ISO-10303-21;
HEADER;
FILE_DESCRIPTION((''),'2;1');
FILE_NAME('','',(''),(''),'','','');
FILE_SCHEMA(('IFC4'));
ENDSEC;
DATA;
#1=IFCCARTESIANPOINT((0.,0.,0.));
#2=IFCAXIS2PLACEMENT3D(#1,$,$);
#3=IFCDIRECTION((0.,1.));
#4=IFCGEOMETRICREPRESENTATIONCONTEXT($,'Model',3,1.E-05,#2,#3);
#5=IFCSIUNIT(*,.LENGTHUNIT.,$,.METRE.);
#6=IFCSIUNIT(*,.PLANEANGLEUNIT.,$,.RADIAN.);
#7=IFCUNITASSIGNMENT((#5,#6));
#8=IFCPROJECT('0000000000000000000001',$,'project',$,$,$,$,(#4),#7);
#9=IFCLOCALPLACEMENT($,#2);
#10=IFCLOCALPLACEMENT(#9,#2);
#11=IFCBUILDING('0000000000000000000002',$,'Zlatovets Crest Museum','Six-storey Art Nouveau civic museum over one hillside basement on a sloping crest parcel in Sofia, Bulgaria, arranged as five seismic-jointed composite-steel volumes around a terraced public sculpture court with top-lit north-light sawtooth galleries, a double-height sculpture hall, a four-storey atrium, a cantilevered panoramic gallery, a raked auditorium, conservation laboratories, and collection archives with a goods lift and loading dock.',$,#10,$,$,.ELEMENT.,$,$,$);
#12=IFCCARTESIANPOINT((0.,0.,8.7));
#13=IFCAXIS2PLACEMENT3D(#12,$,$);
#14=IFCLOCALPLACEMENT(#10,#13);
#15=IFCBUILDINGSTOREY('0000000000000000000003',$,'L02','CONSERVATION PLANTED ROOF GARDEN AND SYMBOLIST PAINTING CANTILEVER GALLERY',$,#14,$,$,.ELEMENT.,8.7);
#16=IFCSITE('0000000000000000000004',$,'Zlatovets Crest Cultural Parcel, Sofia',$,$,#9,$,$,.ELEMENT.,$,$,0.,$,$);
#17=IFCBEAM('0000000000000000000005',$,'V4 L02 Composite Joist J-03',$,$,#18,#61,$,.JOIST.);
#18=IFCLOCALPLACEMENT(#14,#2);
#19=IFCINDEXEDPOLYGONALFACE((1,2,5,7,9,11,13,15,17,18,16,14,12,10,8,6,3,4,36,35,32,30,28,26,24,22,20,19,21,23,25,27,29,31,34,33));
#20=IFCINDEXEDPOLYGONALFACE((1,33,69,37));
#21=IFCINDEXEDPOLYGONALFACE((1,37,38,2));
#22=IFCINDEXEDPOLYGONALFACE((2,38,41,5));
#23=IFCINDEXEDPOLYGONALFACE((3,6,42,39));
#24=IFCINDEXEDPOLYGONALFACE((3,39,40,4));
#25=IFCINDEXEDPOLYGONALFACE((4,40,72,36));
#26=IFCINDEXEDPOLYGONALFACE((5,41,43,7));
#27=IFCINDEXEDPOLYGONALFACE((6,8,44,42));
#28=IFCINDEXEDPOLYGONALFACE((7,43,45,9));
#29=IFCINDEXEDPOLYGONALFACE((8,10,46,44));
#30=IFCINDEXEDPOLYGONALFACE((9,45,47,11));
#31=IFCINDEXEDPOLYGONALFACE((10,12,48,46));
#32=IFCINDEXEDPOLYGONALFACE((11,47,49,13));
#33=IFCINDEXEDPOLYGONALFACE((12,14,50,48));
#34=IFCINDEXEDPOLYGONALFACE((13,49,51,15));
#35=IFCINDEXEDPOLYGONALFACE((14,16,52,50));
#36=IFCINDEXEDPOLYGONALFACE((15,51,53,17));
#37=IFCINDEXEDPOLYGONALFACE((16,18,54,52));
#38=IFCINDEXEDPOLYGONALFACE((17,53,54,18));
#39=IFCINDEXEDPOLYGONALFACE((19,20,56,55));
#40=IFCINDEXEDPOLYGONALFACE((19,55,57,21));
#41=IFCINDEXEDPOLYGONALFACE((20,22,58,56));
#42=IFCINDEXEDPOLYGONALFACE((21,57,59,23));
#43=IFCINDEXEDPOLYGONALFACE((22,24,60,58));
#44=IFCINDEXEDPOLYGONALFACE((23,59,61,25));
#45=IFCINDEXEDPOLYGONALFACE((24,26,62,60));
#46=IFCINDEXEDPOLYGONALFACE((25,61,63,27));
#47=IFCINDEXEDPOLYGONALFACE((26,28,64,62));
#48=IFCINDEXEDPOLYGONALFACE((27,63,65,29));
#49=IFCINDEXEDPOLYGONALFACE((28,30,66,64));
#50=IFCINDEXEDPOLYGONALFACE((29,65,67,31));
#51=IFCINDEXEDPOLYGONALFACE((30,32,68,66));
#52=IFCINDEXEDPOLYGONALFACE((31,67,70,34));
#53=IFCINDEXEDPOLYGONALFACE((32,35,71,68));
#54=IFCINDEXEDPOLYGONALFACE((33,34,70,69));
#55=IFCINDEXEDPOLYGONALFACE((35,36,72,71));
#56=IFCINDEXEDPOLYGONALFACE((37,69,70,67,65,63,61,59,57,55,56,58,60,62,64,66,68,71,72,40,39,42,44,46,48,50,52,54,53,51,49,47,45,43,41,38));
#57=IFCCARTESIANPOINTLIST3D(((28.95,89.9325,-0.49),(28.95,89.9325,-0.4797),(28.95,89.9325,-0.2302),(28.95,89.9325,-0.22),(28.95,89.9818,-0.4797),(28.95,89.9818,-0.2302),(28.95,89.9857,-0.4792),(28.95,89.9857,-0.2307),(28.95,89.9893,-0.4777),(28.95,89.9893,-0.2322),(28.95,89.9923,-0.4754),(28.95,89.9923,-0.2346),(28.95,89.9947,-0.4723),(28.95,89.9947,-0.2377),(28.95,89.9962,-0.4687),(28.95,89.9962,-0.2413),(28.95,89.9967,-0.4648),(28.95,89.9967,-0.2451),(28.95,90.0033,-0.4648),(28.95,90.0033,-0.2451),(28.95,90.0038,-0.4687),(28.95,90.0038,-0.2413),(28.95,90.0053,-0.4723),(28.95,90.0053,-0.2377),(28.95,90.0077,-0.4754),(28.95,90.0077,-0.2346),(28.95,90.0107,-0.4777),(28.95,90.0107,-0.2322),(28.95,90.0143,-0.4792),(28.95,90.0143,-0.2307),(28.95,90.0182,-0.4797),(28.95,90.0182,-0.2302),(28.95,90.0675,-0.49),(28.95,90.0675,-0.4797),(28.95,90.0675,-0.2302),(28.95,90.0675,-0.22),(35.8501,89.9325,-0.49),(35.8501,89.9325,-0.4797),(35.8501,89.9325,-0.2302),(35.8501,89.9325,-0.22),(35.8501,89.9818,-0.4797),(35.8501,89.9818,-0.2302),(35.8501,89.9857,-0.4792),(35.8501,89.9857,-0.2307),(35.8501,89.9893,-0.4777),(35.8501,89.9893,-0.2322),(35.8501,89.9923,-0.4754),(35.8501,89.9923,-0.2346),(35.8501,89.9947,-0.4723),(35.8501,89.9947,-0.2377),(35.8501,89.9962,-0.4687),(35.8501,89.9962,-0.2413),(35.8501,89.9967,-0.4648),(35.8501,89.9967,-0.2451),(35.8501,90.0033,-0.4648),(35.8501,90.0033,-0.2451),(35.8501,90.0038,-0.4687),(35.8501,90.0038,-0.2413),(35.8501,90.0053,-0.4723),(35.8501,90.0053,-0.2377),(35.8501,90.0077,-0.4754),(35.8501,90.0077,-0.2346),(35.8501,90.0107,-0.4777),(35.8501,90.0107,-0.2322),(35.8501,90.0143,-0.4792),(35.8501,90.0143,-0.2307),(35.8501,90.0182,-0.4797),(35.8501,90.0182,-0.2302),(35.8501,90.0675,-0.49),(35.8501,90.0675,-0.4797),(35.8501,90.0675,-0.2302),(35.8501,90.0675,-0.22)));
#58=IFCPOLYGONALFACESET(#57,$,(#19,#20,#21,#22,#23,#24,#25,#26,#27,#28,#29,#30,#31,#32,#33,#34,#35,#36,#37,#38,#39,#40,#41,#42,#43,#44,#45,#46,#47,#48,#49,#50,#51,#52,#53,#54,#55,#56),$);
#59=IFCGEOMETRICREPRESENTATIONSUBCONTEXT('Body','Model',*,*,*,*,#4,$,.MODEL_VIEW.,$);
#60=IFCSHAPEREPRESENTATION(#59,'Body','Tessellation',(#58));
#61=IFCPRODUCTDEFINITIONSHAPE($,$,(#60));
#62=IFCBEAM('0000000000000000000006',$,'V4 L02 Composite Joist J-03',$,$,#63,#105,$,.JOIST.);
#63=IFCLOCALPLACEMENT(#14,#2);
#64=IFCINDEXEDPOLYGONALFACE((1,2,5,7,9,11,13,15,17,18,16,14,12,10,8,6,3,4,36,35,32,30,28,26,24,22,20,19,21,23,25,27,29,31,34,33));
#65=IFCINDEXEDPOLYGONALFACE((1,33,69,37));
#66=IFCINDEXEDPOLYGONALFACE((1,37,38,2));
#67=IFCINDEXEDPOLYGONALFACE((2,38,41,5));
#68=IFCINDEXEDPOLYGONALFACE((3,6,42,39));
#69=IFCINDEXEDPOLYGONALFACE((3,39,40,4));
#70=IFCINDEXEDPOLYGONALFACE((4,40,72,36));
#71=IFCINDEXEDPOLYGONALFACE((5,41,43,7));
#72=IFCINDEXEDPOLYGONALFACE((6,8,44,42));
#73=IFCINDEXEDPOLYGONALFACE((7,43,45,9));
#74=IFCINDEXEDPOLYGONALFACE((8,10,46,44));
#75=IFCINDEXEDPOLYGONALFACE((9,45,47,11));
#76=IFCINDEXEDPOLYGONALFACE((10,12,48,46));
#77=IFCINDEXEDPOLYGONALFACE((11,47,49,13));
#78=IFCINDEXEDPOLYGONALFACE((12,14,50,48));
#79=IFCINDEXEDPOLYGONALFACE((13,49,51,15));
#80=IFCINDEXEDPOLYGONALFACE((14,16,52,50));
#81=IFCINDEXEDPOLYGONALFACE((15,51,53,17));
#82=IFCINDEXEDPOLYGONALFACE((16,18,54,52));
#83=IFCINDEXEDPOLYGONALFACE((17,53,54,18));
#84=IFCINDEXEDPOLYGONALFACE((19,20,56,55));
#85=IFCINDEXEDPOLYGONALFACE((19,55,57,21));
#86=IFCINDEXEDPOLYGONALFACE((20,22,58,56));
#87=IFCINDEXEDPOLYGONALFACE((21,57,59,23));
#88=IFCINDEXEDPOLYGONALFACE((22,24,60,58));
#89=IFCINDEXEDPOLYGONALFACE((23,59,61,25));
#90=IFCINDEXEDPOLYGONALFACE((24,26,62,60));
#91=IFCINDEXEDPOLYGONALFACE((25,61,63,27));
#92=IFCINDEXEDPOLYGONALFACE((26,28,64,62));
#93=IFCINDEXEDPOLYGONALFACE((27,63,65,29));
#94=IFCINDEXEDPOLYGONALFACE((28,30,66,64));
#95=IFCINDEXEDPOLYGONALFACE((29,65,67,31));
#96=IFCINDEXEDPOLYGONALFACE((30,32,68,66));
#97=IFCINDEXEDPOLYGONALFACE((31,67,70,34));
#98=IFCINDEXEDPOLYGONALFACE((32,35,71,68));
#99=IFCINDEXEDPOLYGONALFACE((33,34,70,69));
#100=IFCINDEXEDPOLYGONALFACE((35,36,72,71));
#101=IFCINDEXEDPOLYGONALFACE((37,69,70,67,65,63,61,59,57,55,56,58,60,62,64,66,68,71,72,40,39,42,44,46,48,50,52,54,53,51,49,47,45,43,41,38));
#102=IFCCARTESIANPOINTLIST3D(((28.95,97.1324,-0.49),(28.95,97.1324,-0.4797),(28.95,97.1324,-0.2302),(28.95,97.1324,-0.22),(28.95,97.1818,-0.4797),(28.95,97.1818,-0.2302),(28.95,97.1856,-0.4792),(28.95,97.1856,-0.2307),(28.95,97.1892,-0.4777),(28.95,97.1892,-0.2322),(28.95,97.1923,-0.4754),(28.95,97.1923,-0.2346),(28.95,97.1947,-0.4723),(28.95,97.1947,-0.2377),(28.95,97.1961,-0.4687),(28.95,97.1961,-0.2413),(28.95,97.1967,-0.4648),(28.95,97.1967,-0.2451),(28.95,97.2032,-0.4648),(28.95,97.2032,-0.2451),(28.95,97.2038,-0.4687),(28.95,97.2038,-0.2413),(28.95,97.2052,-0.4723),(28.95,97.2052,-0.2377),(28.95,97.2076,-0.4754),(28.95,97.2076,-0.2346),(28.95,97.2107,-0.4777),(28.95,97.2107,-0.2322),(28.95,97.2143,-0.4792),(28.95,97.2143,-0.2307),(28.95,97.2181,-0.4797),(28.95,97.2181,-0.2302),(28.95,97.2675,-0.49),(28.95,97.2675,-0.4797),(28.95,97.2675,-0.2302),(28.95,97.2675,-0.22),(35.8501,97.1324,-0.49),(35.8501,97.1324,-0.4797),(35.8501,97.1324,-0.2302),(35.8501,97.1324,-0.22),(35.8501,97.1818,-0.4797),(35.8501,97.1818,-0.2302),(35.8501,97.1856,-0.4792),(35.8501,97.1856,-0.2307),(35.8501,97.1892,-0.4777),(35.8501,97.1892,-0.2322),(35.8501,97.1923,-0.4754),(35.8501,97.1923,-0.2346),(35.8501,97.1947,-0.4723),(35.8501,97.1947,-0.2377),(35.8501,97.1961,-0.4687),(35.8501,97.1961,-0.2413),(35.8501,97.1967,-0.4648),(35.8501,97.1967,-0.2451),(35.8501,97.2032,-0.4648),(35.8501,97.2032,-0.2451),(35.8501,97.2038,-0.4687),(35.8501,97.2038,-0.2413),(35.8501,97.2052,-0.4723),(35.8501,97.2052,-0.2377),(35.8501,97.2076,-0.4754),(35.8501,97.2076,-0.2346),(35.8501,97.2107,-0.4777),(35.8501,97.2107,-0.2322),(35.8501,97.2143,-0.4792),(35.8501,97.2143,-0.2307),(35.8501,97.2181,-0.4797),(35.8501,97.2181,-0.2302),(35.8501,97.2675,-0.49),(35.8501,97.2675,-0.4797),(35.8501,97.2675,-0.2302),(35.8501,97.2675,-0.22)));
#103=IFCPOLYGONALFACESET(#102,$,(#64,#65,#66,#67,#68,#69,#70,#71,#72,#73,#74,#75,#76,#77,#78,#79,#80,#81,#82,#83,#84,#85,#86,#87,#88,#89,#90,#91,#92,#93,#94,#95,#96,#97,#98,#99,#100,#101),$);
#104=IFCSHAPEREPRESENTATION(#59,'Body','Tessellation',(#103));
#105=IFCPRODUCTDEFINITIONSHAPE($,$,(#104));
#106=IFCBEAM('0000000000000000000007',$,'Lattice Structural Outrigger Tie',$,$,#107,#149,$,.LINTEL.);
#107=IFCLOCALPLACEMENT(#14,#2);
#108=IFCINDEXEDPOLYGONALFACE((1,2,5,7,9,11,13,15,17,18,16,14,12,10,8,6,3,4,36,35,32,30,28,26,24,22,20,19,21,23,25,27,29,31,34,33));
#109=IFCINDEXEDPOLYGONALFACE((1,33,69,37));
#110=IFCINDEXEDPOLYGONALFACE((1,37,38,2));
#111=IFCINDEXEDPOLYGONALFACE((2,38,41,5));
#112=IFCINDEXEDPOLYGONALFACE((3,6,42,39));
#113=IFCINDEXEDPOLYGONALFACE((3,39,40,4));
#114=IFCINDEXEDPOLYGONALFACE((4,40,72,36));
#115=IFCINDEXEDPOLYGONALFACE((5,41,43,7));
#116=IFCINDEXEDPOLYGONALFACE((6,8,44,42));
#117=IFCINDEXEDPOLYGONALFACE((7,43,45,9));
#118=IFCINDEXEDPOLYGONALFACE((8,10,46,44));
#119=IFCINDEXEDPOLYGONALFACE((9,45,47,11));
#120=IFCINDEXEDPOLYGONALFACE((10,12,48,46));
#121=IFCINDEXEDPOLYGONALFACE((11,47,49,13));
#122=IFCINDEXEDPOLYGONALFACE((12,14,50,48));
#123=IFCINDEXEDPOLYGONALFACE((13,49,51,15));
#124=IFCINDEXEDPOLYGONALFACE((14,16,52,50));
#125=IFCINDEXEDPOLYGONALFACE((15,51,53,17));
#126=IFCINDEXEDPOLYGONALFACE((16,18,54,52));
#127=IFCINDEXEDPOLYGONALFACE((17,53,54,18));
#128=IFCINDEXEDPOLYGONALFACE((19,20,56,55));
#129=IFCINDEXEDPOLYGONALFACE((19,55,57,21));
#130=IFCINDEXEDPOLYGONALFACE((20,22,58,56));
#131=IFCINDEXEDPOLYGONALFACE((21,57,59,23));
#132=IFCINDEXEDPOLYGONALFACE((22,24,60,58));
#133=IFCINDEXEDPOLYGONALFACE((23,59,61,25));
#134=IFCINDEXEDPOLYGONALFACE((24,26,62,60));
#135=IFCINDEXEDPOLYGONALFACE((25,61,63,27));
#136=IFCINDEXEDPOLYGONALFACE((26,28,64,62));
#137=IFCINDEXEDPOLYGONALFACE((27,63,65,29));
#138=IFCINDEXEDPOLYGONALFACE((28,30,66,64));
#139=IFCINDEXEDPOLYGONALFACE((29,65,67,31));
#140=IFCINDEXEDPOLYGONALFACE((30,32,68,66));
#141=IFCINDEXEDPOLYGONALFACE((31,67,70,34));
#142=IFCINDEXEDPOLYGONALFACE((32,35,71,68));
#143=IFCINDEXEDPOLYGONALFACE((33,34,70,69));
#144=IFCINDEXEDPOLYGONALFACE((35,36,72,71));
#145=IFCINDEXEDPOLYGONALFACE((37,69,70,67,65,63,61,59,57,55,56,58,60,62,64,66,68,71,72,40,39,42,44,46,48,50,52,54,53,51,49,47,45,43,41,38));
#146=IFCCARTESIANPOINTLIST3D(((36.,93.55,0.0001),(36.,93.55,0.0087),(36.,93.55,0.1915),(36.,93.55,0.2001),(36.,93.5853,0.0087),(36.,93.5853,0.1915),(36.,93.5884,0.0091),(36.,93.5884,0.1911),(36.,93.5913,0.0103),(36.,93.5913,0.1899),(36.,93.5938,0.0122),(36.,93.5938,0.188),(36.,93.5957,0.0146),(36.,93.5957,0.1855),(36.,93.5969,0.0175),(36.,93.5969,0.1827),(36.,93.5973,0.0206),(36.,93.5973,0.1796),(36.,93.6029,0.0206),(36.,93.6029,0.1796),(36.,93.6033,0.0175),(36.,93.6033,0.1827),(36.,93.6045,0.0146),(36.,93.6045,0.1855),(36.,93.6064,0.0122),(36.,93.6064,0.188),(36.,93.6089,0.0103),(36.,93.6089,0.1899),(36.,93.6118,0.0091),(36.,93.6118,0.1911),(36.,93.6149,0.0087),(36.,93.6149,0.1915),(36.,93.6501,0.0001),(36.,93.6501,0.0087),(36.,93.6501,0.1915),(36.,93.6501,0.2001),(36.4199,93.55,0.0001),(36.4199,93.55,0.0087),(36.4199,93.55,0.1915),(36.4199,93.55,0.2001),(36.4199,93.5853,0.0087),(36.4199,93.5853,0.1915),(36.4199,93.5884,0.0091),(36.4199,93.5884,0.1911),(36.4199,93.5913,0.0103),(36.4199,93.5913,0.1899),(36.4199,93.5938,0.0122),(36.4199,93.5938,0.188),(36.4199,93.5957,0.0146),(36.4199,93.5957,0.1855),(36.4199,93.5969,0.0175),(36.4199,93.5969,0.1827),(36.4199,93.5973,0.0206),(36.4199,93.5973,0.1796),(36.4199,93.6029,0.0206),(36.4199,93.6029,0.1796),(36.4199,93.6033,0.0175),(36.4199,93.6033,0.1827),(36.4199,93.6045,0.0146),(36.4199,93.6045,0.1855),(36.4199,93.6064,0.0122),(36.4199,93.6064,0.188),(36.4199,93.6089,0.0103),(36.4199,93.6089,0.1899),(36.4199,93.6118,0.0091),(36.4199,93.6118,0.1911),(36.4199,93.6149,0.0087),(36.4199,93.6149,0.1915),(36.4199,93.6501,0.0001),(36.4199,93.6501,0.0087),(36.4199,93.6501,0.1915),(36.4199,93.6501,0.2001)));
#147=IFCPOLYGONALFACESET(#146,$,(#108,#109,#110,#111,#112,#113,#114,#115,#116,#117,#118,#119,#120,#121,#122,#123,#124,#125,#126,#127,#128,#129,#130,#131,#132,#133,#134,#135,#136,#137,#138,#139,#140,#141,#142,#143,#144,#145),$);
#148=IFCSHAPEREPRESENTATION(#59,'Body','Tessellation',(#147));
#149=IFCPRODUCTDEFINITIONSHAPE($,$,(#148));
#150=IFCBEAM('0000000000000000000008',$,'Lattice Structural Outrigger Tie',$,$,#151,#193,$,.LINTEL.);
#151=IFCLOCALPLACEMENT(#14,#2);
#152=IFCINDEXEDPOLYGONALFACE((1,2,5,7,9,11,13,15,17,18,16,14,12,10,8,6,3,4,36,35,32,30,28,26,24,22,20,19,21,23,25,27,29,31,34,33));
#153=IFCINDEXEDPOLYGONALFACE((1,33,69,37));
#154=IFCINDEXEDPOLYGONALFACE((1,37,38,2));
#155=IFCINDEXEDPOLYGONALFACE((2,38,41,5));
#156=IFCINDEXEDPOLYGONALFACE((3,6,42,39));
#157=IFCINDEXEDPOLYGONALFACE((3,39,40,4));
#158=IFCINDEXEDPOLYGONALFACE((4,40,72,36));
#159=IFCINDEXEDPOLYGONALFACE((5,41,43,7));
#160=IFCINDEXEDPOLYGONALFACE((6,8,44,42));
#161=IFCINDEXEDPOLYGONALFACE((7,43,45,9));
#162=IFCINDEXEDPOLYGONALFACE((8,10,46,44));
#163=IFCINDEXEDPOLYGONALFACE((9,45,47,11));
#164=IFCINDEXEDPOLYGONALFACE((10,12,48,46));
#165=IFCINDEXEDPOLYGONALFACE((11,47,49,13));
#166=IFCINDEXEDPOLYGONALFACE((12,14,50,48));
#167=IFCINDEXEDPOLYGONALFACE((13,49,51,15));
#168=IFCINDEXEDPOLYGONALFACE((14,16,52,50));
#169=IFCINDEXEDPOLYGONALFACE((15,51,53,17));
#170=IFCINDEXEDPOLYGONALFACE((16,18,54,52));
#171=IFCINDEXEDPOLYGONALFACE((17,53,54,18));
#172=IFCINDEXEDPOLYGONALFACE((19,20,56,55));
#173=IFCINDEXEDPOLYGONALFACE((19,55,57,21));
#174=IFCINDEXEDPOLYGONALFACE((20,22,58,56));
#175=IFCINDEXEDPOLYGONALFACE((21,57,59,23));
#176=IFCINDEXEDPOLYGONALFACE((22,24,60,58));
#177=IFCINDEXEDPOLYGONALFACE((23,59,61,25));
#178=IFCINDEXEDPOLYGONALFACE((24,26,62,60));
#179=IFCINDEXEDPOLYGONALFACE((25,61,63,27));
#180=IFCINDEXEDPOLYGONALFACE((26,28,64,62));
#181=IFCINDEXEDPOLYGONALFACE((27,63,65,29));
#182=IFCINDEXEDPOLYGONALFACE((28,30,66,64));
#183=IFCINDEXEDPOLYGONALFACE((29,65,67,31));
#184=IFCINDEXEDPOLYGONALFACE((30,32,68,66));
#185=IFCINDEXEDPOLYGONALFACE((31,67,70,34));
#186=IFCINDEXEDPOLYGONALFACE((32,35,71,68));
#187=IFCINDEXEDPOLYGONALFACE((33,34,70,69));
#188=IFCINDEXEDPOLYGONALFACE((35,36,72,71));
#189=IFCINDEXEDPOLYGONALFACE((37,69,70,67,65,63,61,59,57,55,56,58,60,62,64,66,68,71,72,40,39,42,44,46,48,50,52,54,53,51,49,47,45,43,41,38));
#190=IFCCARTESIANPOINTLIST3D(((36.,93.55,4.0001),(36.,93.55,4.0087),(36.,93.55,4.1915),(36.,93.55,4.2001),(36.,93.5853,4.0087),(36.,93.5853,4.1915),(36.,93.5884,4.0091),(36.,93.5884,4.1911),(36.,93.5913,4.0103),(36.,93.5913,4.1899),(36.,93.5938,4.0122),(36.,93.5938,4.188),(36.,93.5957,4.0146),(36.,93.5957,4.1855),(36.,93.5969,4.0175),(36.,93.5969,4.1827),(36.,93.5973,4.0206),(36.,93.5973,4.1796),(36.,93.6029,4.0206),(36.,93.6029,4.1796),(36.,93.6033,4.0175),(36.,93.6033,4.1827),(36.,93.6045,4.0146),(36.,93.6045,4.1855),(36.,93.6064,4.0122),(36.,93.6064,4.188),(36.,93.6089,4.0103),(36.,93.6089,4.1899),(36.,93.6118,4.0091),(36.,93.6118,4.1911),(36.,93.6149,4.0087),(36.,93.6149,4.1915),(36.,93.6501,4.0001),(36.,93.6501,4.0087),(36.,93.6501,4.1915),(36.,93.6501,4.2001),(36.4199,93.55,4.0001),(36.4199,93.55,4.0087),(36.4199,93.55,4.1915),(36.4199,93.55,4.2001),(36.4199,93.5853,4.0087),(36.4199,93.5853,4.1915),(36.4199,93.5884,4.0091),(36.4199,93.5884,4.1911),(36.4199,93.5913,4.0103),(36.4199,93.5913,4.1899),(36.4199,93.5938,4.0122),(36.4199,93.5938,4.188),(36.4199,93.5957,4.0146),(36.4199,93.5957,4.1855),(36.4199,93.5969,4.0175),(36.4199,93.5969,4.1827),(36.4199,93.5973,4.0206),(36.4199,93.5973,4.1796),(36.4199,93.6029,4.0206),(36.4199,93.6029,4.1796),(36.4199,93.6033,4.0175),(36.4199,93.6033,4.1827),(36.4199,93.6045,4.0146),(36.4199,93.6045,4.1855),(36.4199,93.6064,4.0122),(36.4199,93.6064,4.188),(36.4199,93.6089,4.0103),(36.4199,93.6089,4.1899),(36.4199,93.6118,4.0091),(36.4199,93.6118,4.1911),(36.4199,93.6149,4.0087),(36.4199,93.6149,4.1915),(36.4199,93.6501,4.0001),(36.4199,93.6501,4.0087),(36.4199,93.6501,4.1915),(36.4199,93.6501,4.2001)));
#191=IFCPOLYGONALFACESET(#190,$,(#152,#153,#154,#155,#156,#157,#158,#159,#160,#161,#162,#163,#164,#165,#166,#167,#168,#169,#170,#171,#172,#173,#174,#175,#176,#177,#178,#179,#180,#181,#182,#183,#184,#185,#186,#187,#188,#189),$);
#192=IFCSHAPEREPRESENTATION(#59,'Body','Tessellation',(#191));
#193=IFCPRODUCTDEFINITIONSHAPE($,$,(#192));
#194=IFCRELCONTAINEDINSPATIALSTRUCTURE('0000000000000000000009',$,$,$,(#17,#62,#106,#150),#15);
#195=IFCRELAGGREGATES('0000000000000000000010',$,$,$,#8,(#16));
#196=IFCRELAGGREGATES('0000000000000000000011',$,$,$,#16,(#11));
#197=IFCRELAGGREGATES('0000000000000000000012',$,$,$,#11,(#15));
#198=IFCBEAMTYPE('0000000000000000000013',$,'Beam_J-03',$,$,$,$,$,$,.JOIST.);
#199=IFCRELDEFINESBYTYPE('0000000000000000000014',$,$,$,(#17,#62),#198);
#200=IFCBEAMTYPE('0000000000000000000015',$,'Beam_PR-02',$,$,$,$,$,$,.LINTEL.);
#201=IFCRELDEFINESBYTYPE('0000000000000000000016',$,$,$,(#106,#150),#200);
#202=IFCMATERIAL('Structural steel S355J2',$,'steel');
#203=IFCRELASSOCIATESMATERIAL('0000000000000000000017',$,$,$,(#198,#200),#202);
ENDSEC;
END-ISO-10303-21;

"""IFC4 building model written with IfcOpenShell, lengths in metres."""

from ifc_helpers import new_model, si_unit, direction, frame, origin, origin_2d, place, context, subcontext, project, spatial, i_section, extrude, material, material_profile, profile_set, type_object, element, save


model = new_model("IFC4")

# Units and contexts
model_context = context("Model", 3, precision=1e-05, world=origin(), true_north=direction((0.0, 1.0)))
body_context = subcontext(model_context, "Body", "Model", "MODEL_VIEW")
ifc_project = project(units=[si_unit("LENGTHUNIT", "METRE"), si_unit("PLANEANGLEUNIT", "RADIAN")], contexts=[model_context])

# Site, building, storey
site_placement = place(None, origin())
site = spatial("IfcSite", under=ifc_project, at=site_placement, Name="Zlatovets Crest Cultural Parcel, Sofia", CompositionType="ELEMENT", RefElevation=0.0)
building_placement = place(site_placement, origin())
building = spatial("IfcBuilding", under=site, at=building_placement, Name="Zlatovets Crest Museum", Description="Six-storey Art Nouveau civic museum over one hillside basement on a sloping crest parcel in Sofia, Bulgaria, arranged as five seismic-jointed composite-steel volumes around a terraced public sculpture court with top-lit north-light sawtooth galleries, a double-height sculpture hall, a four-storey atrium, a cantilevered panoramic gallery, a raked auditorium, conservation laboratories, and collection archives with a goods lift and loading dock.", CompositionType="ELEMENT")
storey_placement = place(building_placement, frame((0.0, 0.0, 8.7)))
storey = spatial("IfcBuildingStorey", under=building, at=storey_placement, Name="L02", Description="CONSERVATION PLANTED ROOF GARDEN AND SYMBOLIST PAINTING CANTILEVER GALLERY", CompositionType="ELEMENT", Elevation=8.7)

# Shared definitions
ifc_material_1 = material(Name="Structural steel S355J2", Category="steel")

# Beams
ifc_material_profile_1 = material_profile(ifc_material_1, i_section(OverallWidth=0.135, OverallDepth=0.27, WebThickness=0.0066, FlangeThickness=0.0103, FilletRadius=0.0149, at=origin_2d()), Name="IPE 270")
ifc_profile_set_1 = profile_set([ifc_material_profile_1], Name="Structural steel S355J2")
beam_type_1 = type_object("IfcBeamType", Name="Beam_J-03", PredefinedType="JOIST", material=ifc_profile_set_1)
for number, where, z_axis, x_axis, name in (
    (1, (28.95, 90.0, -0.355), (1.0, 0.0, 0.0), (0.0, 1.0, 0.0), "V4 L02 Composite Joist J-03"),
    (2, (28.95, 97.2, -0.355), (1.0, 0.0, 0.0), (0.0, 1.0, 0.0), "V4 L02 Composite Joist J-03"),
):
    element("IfcBeam", number, at=place(storey_placement, frame(where, z_axis=z_axis, x_axis=x_axis)), inside=storey, type_object=beam_type_1, Name=name, PredefinedType="JOIST", context=body_context, shape_type="SweptSolid", body=[
        extrude(i_section(OverallWidth=0.135, OverallDepth=0.27, WebThickness=0.0066, FlangeThickness=0.0103, FilletRadius=0.0149, at=origin_2d()), origin(), (0.0, 0.0, 1.0), 6.9001),
    ])
ifc_material_profile_2 = material_profile(ifc_material_1, i_section(OverallWidth=0.1001, OverallDepth=0.2, WebThickness=0.0056, FlangeThickness=0.0085, FilletRadius=0.012, at=origin_2d()), Name="IPE 200")
ifc_profile_set_2 = profile_set([ifc_material_profile_2], Name="Structural steel S355J2")
beam_type_2 = type_object("IfcBeamType", Name="Beam_PR-02", PredefinedType="LINTEL", material=ifc_profile_set_2)
for number, where, z_axis, x_axis, name in (
    (3, (36.0, 93.6001, 0.1001), (1.0, 0.0, 0.0), (0.0, 1.0, 0.0), "Lattice Structural Outrigger Tie"),
    (4, (36.0, 93.6001, 4.1001), (1.0, 0.0, 0.0), (0.0, 1.0, 0.0), "Lattice Structural Outrigger Tie"),
):
    element("IfcBeam", number, at=place(storey_placement, frame(where, z_axis=z_axis, x_axis=x_axis)), inside=storey, type_object=beam_type_2, Name=name, PredefinedType="LINTEL", context=body_context, shape_type="SweptSolid", body=[
        extrude(i_section(OverallWidth=0.1001, OverallDepth=0.2, WebThickness=0.0056, FlangeThickness=0.0085, FilletRadius=0.012, at=origin_2d()), origin(), (0.0, 0.0, 1.0), 0.4199),
    ])

save(model, "model.ifc")
